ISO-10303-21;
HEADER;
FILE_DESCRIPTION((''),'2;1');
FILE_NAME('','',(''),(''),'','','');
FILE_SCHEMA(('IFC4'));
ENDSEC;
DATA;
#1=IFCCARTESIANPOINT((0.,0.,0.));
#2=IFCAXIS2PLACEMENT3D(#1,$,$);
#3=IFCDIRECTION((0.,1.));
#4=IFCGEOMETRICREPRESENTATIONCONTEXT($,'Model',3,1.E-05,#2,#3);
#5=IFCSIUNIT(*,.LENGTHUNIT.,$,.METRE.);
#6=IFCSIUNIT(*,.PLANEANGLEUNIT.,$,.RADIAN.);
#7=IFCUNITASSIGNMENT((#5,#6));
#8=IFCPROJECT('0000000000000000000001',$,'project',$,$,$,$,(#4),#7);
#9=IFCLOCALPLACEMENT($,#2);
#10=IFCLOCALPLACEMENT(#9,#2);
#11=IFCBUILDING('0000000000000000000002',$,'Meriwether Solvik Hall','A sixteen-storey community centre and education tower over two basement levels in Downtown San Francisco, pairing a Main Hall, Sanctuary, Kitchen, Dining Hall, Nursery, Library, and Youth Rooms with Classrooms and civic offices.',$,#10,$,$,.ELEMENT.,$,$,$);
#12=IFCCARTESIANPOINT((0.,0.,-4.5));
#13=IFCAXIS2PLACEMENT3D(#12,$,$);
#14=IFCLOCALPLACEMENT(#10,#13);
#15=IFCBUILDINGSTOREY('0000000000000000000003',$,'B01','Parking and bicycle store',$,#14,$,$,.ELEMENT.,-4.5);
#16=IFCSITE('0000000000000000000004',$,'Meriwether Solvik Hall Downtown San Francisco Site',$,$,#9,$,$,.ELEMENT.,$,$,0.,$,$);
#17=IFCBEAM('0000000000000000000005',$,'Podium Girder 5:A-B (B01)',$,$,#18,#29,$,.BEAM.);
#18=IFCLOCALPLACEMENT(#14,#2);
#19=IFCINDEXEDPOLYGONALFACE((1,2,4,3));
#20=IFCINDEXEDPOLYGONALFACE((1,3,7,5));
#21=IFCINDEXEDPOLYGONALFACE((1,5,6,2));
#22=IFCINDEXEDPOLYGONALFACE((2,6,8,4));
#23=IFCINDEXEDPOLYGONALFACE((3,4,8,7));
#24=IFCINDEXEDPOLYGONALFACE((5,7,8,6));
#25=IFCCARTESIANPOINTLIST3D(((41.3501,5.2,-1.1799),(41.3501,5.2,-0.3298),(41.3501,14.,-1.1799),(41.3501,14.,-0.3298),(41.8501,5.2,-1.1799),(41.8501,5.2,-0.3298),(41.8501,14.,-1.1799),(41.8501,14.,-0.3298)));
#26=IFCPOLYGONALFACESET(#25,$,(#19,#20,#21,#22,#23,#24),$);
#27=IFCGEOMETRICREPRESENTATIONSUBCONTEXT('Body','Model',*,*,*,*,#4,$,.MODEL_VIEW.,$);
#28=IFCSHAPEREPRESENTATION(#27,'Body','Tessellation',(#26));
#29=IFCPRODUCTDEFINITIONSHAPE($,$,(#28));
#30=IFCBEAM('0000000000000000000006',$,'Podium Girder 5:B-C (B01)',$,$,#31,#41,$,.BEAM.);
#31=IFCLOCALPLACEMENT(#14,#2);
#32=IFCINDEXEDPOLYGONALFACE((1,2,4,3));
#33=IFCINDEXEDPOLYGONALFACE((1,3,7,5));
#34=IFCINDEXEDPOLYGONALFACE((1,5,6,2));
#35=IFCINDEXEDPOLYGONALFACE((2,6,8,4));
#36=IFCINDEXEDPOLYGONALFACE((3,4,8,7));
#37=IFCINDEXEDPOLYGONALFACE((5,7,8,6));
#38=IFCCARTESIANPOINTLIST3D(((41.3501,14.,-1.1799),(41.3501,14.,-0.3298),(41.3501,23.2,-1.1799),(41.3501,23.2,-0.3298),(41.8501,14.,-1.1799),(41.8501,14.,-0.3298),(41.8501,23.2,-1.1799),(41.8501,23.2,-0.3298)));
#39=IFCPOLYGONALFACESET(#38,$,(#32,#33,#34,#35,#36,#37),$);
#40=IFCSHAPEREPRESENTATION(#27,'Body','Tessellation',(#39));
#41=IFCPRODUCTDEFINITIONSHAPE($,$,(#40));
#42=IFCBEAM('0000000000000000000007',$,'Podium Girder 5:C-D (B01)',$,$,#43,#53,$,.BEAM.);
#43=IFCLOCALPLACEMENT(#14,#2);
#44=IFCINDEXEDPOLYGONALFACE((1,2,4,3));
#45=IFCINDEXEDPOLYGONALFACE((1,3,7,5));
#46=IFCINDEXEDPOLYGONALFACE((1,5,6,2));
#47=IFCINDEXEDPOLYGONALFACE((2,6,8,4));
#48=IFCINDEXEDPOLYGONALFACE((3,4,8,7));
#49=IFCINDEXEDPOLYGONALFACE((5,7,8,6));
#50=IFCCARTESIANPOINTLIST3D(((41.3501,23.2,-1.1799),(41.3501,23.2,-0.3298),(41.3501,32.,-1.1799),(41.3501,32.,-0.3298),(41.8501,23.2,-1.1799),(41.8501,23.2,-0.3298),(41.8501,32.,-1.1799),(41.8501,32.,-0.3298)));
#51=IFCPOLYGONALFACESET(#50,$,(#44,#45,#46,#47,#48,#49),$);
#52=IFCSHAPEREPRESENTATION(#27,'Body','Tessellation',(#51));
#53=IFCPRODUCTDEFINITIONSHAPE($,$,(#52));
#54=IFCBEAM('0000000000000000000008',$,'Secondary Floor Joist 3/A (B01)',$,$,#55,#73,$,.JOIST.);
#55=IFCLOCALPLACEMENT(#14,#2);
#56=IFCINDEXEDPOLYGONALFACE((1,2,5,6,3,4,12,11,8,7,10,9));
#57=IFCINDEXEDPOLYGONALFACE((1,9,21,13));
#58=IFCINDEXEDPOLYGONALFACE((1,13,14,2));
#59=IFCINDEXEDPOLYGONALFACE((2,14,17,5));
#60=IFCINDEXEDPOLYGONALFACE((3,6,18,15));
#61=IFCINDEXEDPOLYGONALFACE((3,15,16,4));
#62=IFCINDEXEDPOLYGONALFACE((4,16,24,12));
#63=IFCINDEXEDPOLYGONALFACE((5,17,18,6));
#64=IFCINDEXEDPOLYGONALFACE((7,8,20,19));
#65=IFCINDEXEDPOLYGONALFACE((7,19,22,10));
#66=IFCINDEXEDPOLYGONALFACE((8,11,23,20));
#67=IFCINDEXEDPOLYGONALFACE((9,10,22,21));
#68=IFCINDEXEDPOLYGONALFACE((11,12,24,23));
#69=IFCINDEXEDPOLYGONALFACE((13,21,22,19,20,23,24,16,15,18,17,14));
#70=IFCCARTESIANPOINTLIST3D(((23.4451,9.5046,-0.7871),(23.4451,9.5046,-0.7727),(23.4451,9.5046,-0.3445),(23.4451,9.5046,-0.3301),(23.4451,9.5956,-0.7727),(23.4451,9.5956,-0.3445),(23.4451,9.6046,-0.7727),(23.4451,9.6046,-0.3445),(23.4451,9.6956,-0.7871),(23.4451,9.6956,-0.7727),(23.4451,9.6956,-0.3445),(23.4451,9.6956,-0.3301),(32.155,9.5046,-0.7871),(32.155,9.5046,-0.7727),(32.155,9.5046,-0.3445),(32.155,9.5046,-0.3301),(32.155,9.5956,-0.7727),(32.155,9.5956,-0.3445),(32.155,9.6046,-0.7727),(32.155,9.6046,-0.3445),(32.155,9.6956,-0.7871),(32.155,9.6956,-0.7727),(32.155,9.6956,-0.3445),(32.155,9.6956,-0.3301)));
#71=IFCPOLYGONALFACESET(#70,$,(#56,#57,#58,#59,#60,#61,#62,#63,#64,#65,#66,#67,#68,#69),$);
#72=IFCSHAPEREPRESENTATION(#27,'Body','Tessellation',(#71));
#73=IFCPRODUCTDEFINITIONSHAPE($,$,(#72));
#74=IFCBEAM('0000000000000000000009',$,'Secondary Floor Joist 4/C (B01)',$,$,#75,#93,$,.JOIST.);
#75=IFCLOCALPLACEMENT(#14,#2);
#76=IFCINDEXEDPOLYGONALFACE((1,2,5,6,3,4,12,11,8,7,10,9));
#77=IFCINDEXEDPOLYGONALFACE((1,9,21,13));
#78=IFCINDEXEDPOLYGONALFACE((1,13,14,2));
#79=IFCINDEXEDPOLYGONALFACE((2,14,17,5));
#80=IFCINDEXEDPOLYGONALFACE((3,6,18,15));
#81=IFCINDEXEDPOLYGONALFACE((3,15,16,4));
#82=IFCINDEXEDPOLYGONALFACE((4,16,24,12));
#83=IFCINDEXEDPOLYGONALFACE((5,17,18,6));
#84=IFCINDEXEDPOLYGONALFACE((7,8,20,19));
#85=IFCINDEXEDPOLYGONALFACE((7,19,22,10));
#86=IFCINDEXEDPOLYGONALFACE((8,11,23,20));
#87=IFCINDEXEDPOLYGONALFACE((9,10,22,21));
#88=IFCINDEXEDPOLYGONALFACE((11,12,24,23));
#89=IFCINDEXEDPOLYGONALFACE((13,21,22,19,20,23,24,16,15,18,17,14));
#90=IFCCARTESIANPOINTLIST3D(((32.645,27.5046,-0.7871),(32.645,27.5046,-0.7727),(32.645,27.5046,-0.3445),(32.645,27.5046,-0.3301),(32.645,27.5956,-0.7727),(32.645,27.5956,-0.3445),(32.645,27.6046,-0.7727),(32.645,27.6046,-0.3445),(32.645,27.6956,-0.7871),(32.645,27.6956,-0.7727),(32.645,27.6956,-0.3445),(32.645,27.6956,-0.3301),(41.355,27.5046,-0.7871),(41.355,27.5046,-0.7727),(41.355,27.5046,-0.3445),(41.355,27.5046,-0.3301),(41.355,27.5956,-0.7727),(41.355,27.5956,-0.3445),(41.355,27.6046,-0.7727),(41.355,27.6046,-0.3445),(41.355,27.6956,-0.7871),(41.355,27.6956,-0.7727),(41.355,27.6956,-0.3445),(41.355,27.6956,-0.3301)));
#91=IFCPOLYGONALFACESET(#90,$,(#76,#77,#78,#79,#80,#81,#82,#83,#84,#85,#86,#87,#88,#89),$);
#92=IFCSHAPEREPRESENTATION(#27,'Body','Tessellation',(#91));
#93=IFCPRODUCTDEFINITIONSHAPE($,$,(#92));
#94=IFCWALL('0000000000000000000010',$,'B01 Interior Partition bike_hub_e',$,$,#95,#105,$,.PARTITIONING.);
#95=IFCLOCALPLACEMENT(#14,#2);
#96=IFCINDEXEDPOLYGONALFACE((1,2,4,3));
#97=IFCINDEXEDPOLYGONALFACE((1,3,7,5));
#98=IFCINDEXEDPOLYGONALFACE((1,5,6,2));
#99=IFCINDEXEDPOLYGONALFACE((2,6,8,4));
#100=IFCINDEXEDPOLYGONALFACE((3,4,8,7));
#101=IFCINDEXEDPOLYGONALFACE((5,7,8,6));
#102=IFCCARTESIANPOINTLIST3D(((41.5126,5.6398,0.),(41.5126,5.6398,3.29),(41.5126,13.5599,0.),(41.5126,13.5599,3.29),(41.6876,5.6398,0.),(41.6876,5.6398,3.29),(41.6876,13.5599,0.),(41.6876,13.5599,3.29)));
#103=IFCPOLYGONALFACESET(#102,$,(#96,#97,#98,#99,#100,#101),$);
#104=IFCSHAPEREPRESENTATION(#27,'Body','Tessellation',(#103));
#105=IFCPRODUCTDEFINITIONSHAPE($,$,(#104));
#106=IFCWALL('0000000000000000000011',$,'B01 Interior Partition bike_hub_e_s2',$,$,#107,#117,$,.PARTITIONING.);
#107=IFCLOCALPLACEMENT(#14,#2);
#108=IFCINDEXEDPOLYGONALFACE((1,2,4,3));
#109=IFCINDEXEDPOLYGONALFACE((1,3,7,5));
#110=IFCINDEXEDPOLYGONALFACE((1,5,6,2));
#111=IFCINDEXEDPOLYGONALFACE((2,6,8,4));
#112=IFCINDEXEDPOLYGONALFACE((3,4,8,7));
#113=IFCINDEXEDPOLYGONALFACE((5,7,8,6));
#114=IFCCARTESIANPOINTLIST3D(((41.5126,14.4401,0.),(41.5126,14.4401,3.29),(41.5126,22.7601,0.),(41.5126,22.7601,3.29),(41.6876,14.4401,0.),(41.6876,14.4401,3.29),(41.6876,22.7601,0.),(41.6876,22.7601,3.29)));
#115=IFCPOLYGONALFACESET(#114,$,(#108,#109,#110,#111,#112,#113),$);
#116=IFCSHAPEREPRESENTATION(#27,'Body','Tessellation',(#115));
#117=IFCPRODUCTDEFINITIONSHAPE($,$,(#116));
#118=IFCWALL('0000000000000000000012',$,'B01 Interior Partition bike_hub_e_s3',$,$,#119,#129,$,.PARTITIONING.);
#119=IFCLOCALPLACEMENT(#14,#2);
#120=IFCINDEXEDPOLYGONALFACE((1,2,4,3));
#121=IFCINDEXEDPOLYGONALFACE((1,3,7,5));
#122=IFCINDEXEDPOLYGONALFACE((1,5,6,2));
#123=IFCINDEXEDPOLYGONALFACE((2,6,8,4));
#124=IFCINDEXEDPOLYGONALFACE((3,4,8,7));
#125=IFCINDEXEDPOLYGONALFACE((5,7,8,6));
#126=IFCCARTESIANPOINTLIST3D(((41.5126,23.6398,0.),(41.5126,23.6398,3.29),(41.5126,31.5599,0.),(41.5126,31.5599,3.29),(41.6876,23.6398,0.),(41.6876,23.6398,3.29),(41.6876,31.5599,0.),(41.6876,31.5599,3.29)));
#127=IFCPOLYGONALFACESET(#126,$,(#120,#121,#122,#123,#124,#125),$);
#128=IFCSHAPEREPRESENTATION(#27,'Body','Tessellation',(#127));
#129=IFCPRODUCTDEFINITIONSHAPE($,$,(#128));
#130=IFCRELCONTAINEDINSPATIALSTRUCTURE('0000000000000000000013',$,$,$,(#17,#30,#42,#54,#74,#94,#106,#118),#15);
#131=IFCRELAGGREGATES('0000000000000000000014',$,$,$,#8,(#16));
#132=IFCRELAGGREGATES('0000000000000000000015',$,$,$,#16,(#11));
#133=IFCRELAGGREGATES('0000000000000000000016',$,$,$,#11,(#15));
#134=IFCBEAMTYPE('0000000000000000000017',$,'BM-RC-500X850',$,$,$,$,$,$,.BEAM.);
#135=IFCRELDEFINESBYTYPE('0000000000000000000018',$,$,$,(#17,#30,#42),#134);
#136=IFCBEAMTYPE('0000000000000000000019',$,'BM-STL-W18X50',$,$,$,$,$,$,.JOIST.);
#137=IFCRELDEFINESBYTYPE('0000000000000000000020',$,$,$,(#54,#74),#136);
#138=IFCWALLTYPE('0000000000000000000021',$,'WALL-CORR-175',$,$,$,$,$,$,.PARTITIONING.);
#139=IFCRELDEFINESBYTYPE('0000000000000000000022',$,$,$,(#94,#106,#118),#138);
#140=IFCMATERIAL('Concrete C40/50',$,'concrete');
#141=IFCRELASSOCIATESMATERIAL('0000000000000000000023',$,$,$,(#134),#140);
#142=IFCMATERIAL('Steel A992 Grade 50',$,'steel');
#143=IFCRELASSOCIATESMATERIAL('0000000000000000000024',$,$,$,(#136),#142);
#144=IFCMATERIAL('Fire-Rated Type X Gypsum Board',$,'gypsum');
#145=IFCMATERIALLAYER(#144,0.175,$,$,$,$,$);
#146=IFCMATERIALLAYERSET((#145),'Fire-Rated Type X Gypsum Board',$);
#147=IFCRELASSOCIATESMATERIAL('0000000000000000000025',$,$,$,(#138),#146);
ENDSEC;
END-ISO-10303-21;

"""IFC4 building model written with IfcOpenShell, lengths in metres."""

from ifc_helpers import new_model, si_unit, direction, frame, frame_2d, origin, origin_2d, place, context, subcontext, project, spatial, rectangle, i_section, extrude, material, layer, layer_set, material_profile, profile_set, type_object, element, save


model = new_model("IFC4")

# Units and contexts
model_context = context("Model", 3, precision=1e-05, world=origin(), true_north=direction((0.0, 1.0)))
body_context = subcontext(model_context, "Body", "Model", "MODEL_VIEW")
ifc_project = project(units=[si_unit("LENGTHUNIT", "METRE"), si_unit("PLANEANGLEUNIT", "RADIAN")], contexts=[model_context])

# Site, building, storey
site_placement = place(None, origin())
site = spatial("IfcSite", under=ifc_project, at=site_placement, Name="Meriwether Solvik Hall Downtown San Francisco Site", CompositionType="ELEMENT", RefElevation=0.0)
building_placement = place(site_placement, origin())
building = spatial("IfcBuilding", under=site, at=building_placement, Name="Meriwether Solvik Hall", Description="A sixteen-storey community centre and education tower over two basement levels in Downtown San Francisco, pairing a Main Hall, Sanctuary, Kitchen, Dining Hall, Nursery, Library, and Youth Rooms with Classrooms and civic offices.", CompositionType="ELEMENT")
storey_placement = place(building_placement, frame((0.0, 0.0, -4.5)))
storey = spatial("IfcBuildingStorey", under=building, at=storey_placement, Name="B01", Description="Parking and bicycle store", CompositionType="ELEMENT", Elevation=-4.5)

# Beams
ifc_material_1 = material(Name="Concrete C40/50", Category="concrete")
ifc_material_profile_1 = material_profile(ifc_material_1, rectangle(XDim=0.5, YDim=0.8501, at=origin_2d()), Name="RCB-500X850")
ifc_profile_set_1 = profile_set([ifc_material_profile_1], Name="Concrete C40/50")
beam_type_1 = type_object("IfcBeamType", Name="BM-RC-500X850", PredefinedType="BEAM", material=ifc_profile_set_1)
for number, where, z_axis, x_axis, name in (
    (1, (41.6001, 5.2, -0.7549), (0.0, 1.0, 0.0), (-1.0, 0.0, 0.0), "Podium Girder 5:A-B (B01)"),
):
    element("IfcBeam", number, at=place(storey_placement, frame(where, z_axis=z_axis, x_axis=x_axis)), inside=storey, type_object=beam_type_1, Name=name, PredefinedType="BEAM", context=body_context, shape_type="SweptSolid", body=[
        extrude(rectangle(XDim=0.5, YDim=0.8501, at=origin_2d()), origin(), (0.0, 0.0, 1.0), 8.8),
    ])
beam_1_placement = place(storey_placement, frame((41.6001, 14.0, -0.7549), z_axis=(0.0, 1.0, 0.0), x_axis=(-1.0, 0.0, 0.0)))
element("IfcBeam", 2, at=beam_1_placement, inside=storey, type_object=beam_type_1, Name="Podium Girder 5:B-C (B01)", PredefinedType="BEAM", context=body_context, shape_type="SweptSolid", body=[
    extrude(rectangle(XDim=0.5, YDim=0.8501, at=origin_2d()), origin(), (0.0, 0.0, 1.0), 9.2),
])
beam_2_placement = place(storey_placement, frame((41.6001, 23.2, -0.7549), z_axis=(0.0, 1.0, 0.0), x_axis=(-1.0, 0.0, 0.0)))
element("IfcBeam", 3, at=beam_2_placement, inside=storey, type_object=beam_type_1, Name="Podium Girder 5:C-D (B01)", PredefinedType="BEAM", context=body_context, shape_type="SweptSolid", body=[
    extrude(rectangle(XDim=0.5, YDim=0.8501, at=origin_2d()), origin(), (0.0, 0.0, 1.0), 8.8),
])
ifc_material_2 = material(Name="Steel A992 Grade 50", Category="steel")
ifc_material_profile_2 = material_profile(ifc_material_2, i_section(OverallWidth=0.1909, OverallDepth=0.457, WebThickness=0.009, FlangeThickness=0.0144, at=origin_2d()), Name="W18X50")
ifc_profile_set_2 = profile_set([ifc_material_profile_2], Name="Steel A992 Grade 50")
beam_type_2 = type_object("IfcBeamType", Name="BM-STL-W18X50", PredefinedType="JOIST", material=ifc_profile_set_2)
for number, where, z_axis, x_axis, name in (
    (4, (23.4451, 9.6001, -0.5586), (1.0, 0.0, 0.0), (0.0, 1.0, 0.0), "Secondary Floor Joist 3/A (B01)"),
    (5, (32.645, 27.6001, -0.5586), (1.0, 0.0, 0.0), (0.0, 1.0, 0.0), "Secondary Floor Joist 4/C (B01)"),
):
    element("IfcBeam", number, at=place(storey_placement, frame(where, z_axis=z_axis, x_axis=x_axis)), inside=storey, type_object=beam_type_2, Name=name, PredefinedType="JOIST", context=body_context, shape_type="SweptSolid", body=[
        extrude(i_section(OverallWidth=0.1909, OverallDepth=0.457, WebThickness=0.009, FlangeThickness=0.0144, at=origin_2d()), origin(), (0.0, 0.0, 1.0), 8.71),
    ])

# Walls
ifc_material_3 = material(Name="Fire-Rated Type X Gypsum Board", Category="gypsum")
ifc_layer = layer(ifc_material_3, 0.175)
ifc_layer_set = layer_set([ifc_layer], Name="Fire-Rated Type X Gypsum Board")
wall_type = type_object("IfcWallType", Name="WALL-CORR-175", PredefinedType="PARTITIONING", material=ifc_layer_set)
wall_1_placement = place(storey_placement, frame((41.6001, 5.6399, 0.0), z_axis=(0.0, 0.0, 1.0), x_axis=(0.0, 1.0, 0.0)))
element("IfcWall", 6, at=wall_1_placement, inside=storey, type_object=wall_type, Name="B01 Interior Partition bike_hub_e", PredefinedType="PARTITIONING", context=body_context, shape_type="SweptSolid", body=[
    extrude(rectangle(XDim=7.9202, YDim=0.175, at=frame_2d((3.96, 0.0))), origin(), (0.0, 0.0, 1.0), 3.29),
])
wall_2_placement = place(storey_placement, frame((41.6001, 14.4399, 0.0), z_axis=(0.0, 0.0, 1.0), x_axis=(0.0, 1.0, 0.0)))
element("IfcWall", 7, at=wall_2_placement, inside=storey, type_object=wall_type, Name="B01 Interior Partition bike_hub_e_s2", PredefinedType="PARTITIONING", context=body_context, shape_type="SweptSolid", body=[
    extrude(rectangle(XDim=8.3201, YDim=0.175, at=frame_2d((4.1602, 0.0))), origin(), (0.0, 0.0, 1.0), 3.29),
])
wall_3_placement = place(storey_placement, frame((41.6001, 23.6399, 0.0), z_axis=(0.0, 0.0, 1.0), x_axis=(0.0, 1.0, 0.0)))
element("IfcWall", 8, at=wall_3_placement, inside=storey, type_object=wall_type, Name="B01 Interior Partition bike_hub_e_s3", PredefinedType="PARTITIONING", context=body_context, shape_type="SweptSolid", body=[
    extrude(rectangle(XDim=7.9202, YDim=0.175, at=frame_2d((3.96, 0.0))), origin(), (0.0, 0.0, 1.0), 3.29),
])

save(model, "model.ifc")
